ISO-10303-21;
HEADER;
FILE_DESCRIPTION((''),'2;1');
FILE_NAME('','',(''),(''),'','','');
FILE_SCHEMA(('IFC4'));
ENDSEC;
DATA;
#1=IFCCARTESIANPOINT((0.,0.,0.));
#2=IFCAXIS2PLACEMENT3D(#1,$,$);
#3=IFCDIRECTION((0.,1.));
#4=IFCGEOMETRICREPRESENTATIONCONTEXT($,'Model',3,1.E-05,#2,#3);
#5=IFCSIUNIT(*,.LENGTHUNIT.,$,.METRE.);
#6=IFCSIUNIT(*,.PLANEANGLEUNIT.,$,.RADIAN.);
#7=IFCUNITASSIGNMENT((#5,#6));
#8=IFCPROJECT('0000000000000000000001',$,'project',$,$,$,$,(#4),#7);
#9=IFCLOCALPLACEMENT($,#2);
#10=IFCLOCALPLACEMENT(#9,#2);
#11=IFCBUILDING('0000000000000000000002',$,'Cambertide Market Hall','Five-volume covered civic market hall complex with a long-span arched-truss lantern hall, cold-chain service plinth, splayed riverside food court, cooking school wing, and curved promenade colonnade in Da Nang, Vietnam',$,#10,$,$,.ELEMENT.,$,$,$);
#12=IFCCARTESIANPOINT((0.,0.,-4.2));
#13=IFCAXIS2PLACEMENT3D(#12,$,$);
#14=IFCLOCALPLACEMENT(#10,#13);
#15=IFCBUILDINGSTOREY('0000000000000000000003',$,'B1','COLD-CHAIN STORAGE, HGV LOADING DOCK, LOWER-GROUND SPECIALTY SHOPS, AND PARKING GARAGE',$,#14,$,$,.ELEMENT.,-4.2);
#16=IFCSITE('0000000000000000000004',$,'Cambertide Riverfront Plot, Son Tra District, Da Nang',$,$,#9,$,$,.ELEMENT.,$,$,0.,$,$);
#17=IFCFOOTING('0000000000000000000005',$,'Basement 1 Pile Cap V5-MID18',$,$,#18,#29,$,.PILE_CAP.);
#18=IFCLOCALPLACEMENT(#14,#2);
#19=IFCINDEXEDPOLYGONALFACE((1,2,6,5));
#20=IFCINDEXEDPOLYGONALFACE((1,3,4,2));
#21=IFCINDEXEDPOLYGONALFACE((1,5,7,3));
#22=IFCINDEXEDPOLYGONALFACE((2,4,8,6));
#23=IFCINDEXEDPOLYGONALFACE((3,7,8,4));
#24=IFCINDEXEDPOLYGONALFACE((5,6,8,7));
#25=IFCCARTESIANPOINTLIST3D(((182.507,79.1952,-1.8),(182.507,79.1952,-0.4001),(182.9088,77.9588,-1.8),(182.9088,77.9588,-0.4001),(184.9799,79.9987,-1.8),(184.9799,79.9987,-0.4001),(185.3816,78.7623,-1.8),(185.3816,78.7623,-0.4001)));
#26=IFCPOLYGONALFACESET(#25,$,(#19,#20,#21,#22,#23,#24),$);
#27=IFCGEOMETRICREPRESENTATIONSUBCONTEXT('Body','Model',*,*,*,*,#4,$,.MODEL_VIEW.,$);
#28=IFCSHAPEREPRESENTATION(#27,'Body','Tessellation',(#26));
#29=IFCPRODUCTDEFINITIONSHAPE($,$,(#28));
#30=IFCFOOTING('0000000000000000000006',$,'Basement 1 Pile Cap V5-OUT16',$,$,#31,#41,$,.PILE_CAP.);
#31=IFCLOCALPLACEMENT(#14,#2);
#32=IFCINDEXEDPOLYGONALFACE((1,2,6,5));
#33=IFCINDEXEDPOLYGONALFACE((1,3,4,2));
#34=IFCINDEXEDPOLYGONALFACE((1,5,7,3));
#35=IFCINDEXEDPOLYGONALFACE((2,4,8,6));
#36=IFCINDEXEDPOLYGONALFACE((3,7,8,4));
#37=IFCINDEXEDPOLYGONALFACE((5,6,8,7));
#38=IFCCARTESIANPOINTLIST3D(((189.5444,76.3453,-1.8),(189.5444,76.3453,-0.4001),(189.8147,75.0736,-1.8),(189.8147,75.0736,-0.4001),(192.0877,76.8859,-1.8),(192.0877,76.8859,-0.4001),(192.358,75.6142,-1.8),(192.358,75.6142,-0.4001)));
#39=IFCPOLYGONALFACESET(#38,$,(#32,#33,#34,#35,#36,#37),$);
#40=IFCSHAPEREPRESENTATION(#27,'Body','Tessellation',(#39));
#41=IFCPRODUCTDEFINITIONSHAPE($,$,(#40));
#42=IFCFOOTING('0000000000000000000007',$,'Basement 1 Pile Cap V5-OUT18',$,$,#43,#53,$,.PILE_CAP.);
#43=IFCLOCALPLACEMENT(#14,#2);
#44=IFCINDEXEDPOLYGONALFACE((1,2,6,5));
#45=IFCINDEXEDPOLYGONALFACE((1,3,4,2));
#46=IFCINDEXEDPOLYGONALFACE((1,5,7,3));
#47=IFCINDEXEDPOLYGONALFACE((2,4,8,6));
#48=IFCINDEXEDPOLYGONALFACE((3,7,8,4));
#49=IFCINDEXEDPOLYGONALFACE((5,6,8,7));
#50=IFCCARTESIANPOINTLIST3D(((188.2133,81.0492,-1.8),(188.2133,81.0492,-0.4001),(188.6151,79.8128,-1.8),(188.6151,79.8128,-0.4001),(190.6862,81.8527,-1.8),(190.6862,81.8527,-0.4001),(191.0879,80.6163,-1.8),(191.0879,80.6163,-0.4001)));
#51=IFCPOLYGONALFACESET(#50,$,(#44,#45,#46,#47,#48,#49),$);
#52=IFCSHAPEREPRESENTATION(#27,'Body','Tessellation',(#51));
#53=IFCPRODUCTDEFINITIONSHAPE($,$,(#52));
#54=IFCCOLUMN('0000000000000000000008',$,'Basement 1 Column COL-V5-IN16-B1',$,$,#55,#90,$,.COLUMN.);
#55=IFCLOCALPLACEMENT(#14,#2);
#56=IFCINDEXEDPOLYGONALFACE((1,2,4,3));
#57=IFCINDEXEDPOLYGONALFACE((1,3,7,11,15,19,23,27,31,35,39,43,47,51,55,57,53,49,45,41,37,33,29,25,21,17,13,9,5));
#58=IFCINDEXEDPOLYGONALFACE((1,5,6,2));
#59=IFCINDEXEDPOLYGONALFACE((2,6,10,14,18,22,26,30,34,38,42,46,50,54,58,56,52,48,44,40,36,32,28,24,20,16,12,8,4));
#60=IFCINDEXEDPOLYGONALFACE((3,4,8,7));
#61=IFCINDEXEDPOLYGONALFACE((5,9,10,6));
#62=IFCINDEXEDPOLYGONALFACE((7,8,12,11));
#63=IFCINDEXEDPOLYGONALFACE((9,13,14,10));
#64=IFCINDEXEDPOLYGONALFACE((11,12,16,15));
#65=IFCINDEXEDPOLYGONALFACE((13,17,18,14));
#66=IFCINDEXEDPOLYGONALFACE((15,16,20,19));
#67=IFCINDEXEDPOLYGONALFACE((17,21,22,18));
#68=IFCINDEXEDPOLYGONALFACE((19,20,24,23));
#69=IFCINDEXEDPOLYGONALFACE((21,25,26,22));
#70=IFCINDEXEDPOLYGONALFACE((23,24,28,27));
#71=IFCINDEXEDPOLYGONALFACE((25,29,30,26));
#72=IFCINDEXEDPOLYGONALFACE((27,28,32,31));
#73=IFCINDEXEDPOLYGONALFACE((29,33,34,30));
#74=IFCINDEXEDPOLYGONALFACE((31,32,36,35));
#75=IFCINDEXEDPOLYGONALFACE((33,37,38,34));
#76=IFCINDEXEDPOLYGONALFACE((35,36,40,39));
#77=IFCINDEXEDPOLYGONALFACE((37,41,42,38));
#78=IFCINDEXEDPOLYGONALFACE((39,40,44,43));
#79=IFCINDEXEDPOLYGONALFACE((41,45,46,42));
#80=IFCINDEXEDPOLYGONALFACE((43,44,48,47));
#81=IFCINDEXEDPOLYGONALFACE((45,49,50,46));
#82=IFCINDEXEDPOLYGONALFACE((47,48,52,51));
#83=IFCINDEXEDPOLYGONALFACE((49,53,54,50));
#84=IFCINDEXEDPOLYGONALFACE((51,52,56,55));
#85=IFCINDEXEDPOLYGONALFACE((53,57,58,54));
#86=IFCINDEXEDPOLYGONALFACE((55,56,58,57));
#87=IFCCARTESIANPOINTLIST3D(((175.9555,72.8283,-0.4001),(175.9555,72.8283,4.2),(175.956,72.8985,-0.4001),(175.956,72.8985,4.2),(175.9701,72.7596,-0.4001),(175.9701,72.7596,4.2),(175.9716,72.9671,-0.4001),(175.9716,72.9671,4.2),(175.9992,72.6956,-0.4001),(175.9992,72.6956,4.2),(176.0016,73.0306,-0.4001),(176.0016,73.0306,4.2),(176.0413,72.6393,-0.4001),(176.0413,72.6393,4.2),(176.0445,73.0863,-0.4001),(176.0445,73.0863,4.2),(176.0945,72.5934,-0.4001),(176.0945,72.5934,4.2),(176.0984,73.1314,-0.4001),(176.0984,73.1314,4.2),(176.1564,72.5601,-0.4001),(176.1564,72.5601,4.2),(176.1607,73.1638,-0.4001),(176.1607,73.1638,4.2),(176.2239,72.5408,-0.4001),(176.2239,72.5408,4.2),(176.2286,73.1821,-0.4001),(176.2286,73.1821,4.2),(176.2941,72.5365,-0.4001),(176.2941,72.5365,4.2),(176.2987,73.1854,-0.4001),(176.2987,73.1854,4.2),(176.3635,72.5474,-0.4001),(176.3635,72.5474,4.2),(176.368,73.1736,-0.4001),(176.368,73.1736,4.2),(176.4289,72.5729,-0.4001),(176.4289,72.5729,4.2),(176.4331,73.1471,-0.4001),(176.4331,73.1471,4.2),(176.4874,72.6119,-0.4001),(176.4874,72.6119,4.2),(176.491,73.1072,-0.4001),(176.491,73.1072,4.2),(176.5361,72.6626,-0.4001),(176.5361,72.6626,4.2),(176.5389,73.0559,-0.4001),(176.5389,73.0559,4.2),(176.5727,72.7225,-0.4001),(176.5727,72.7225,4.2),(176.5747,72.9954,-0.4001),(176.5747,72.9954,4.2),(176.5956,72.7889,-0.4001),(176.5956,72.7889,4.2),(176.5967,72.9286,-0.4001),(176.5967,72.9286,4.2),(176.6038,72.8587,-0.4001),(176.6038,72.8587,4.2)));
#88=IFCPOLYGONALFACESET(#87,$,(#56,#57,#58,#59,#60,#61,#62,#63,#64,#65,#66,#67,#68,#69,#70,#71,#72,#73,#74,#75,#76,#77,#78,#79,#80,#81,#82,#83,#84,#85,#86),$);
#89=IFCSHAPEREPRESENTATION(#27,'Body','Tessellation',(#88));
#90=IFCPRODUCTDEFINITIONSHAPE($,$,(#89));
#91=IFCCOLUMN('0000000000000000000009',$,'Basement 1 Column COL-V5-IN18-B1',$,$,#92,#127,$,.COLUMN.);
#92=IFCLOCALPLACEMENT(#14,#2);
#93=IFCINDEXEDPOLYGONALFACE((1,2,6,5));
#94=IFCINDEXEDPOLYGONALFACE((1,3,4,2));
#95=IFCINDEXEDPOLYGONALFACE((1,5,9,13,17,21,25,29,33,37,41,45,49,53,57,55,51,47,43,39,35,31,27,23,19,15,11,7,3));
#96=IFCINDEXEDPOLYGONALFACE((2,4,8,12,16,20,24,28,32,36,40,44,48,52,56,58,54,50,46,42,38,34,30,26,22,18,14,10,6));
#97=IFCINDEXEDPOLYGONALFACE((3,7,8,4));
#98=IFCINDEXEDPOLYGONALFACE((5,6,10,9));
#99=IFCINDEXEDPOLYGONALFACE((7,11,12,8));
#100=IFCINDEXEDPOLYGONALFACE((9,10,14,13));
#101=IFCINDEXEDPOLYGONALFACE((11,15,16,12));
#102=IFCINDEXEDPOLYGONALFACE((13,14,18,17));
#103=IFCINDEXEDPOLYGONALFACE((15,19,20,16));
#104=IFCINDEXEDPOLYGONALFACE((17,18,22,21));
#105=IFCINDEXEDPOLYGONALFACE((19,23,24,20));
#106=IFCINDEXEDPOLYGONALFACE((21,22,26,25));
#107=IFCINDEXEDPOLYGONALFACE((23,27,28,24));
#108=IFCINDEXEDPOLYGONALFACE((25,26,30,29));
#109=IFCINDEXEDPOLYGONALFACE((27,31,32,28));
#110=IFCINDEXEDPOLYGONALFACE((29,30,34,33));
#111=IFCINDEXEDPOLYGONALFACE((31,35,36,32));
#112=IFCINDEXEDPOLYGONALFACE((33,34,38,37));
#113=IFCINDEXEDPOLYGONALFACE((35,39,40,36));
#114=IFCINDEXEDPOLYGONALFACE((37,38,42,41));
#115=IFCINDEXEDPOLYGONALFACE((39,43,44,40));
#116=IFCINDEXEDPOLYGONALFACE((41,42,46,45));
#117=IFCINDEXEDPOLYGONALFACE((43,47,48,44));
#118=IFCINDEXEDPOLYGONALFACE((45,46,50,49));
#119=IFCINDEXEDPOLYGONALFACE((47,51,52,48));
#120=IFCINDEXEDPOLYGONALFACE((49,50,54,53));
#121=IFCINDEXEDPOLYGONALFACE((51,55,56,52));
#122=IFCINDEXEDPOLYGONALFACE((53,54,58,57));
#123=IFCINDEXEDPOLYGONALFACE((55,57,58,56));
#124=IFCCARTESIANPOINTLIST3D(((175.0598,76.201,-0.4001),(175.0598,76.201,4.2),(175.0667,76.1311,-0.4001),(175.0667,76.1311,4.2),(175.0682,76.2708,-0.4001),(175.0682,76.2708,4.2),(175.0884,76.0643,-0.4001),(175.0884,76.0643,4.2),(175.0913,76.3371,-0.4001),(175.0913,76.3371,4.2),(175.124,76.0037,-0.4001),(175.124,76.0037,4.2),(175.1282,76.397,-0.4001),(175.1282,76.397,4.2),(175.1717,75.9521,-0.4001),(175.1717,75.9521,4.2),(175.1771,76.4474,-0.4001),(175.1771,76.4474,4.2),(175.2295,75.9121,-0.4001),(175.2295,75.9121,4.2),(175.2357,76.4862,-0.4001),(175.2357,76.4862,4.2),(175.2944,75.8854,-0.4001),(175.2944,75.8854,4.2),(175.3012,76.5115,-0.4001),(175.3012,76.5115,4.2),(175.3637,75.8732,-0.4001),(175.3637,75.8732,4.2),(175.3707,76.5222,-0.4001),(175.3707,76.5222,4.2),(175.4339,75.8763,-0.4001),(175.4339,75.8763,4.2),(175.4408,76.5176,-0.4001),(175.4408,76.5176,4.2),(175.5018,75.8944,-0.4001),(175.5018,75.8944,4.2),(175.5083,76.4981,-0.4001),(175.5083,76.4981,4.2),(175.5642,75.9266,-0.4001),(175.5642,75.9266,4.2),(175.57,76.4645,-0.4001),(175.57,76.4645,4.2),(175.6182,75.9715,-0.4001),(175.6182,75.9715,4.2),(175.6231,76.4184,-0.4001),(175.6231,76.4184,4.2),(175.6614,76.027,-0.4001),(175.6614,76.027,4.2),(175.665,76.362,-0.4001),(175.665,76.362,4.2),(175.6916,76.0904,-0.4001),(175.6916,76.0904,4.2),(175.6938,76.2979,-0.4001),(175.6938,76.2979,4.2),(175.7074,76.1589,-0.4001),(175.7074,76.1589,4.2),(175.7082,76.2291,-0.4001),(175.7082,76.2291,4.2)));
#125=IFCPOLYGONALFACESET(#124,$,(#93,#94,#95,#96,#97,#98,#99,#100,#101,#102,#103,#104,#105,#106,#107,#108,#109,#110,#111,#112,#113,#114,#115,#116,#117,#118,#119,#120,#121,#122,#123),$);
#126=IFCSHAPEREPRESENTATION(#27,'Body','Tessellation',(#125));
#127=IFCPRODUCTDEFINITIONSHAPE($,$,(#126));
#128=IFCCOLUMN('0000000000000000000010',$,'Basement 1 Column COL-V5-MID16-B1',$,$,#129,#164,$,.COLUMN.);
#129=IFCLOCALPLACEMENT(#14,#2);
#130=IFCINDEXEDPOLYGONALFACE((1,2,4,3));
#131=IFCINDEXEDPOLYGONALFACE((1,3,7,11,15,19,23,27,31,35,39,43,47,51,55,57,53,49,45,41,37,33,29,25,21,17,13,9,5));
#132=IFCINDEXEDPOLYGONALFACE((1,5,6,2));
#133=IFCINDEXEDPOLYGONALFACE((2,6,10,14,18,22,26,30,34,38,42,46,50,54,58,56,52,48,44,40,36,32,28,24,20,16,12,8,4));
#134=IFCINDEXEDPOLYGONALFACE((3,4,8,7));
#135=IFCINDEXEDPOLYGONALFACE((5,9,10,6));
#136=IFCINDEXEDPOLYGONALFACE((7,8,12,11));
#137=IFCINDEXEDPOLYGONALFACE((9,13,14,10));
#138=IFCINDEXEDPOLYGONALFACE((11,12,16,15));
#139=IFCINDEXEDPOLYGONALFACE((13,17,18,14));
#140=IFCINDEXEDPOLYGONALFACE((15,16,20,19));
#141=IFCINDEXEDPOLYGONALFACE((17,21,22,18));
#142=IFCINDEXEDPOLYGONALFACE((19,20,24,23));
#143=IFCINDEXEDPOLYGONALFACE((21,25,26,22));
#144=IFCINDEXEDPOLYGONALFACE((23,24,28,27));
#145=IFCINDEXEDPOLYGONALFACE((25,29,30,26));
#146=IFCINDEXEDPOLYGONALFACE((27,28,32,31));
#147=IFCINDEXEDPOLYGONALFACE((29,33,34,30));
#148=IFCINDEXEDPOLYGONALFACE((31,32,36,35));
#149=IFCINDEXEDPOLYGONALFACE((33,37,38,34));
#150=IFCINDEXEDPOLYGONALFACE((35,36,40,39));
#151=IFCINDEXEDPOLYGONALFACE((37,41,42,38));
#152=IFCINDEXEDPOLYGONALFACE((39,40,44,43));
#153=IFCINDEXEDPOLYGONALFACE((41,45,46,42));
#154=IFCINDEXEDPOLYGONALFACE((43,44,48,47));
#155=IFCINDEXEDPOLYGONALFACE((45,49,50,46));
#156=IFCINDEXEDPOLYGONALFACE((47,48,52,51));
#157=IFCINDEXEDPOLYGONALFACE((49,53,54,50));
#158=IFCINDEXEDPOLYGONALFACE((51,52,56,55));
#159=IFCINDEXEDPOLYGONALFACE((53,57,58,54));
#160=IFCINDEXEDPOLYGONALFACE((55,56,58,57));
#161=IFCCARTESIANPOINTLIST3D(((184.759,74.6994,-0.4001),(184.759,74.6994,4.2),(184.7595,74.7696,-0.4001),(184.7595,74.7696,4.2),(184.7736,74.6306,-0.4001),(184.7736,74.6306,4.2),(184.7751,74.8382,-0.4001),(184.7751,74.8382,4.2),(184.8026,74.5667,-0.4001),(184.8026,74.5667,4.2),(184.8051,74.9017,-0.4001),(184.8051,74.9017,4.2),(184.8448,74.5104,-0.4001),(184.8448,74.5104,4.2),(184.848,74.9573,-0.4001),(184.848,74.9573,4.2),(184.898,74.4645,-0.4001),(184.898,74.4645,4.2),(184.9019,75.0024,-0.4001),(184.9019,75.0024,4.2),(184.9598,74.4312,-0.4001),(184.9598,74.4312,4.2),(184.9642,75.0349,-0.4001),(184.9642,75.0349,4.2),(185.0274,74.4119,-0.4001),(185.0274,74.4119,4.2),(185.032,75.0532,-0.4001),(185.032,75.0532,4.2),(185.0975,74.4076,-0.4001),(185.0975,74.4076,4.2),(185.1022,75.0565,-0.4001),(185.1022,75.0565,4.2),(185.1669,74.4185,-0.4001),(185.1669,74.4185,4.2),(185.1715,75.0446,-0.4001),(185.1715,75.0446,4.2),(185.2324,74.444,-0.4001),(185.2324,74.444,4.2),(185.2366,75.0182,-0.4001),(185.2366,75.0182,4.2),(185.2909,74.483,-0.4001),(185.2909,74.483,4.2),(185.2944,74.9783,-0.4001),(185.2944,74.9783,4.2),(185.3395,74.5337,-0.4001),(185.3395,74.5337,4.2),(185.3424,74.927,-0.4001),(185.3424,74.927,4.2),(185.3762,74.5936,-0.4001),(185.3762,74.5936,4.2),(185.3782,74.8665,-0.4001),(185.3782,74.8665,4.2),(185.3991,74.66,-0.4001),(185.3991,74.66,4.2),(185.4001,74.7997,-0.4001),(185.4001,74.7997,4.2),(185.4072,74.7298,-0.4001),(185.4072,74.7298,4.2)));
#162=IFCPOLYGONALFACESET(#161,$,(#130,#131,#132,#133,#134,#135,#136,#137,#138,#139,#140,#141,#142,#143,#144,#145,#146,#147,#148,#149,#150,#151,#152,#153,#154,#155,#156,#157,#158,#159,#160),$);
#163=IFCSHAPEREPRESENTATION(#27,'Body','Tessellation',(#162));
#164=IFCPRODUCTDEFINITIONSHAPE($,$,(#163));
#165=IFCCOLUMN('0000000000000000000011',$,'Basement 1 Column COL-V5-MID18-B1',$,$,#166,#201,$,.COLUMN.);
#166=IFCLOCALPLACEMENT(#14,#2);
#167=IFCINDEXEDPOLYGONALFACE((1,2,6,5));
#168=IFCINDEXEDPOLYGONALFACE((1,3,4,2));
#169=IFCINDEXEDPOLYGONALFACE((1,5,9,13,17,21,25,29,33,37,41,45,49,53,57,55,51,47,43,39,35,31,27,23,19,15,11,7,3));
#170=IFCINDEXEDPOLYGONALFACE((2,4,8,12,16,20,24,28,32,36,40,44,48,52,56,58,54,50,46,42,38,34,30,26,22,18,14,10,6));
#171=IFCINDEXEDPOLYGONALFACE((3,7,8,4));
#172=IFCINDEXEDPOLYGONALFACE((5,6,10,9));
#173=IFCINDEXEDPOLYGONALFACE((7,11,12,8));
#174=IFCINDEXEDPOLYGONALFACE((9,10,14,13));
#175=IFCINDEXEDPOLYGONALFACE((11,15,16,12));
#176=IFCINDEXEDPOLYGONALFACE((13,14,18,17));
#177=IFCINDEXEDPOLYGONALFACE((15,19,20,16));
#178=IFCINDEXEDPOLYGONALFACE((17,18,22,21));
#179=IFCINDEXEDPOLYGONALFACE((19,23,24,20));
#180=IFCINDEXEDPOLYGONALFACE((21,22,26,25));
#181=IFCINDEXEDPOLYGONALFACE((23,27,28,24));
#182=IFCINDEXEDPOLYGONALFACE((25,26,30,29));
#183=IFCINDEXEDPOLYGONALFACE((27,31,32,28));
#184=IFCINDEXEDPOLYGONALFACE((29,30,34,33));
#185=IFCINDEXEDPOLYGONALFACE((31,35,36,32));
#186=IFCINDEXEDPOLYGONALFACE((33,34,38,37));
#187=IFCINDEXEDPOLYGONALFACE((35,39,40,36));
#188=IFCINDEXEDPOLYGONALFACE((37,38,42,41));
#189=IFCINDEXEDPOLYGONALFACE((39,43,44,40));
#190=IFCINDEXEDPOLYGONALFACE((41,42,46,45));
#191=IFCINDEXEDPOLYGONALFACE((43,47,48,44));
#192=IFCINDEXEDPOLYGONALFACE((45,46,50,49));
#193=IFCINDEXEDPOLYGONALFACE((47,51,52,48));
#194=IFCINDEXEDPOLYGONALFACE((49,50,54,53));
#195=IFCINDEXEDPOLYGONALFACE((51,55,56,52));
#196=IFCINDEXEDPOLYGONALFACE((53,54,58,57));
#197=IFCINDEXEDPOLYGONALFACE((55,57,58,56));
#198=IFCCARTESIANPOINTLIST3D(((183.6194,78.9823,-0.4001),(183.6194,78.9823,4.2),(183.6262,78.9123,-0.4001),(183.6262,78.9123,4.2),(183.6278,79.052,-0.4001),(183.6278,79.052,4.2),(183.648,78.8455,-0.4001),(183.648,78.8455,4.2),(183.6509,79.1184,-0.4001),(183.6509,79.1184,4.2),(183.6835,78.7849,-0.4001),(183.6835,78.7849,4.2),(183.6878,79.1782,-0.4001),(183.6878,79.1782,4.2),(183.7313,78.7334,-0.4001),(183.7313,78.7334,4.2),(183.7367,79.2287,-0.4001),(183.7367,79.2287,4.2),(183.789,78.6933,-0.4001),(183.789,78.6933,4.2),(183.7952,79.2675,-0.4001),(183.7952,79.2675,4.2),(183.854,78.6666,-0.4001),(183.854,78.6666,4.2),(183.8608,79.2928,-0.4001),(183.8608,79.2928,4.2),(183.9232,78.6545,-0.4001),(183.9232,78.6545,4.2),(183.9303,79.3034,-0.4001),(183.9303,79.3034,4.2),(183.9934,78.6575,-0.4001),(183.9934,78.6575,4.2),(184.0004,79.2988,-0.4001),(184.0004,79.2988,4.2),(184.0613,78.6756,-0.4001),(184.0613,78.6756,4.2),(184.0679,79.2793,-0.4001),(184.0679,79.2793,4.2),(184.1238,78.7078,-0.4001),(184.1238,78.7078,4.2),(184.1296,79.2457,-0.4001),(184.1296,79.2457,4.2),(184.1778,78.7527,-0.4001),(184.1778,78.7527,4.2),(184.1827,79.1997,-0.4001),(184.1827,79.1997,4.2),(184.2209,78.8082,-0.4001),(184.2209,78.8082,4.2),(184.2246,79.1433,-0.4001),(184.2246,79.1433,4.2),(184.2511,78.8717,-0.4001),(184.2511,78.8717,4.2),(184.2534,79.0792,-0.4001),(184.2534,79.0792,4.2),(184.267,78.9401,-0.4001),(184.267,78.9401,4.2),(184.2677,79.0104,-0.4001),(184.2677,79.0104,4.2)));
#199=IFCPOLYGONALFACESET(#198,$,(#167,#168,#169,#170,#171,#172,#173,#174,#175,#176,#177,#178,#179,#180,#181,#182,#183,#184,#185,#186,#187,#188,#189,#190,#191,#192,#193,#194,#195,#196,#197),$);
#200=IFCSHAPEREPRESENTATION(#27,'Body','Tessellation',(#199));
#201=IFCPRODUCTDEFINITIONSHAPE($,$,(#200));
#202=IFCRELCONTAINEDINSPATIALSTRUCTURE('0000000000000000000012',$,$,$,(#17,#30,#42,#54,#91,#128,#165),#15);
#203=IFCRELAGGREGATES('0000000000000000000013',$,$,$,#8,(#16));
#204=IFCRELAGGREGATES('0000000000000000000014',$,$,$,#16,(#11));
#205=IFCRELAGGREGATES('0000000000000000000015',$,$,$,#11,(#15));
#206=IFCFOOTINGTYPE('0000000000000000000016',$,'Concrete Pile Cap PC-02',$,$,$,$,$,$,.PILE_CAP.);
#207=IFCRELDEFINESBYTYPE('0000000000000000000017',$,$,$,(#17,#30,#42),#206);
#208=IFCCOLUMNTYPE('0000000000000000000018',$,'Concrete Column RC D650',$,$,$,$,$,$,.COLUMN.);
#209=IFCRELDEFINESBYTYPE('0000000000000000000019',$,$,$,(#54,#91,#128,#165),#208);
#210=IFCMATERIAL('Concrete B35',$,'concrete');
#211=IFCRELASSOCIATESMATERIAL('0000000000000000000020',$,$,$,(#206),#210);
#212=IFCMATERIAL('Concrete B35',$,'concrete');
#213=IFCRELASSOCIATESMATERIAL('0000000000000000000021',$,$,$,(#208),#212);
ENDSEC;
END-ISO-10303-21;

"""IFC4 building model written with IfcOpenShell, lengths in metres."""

from ifc_helpers import new_model, si_unit, direction, frame, origin, origin_2d, place, context, subcontext, project, spatial, rectangle, circle, extrude, material, material_profile, profile_set, type_object, element, save


model = new_model("IFC4")

# Units and contexts
model_context = context("Model", 3, precision=1e-05, world=origin(), true_north=direction((0.0, 1.0)))
body_context = subcontext(model_context, "Body", "Model", "MODEL_VIEW")
ifc_project = project(units=[si_unit("LENGTHUNIT", "METRE"), si_unit("PLANEANGLEUNIT", "RADIAN")], contexts=[model_context])

# Site, building, storey
site_placement = place(None, origin())
site = spatial("IfcSite", under=ifc_project, at=site_placement, Name="Cambertide Riverfront Plot, Son Tra District, Da Nang", CompositionType="ELEMENT", RefElevation=0.0)
building_placement = place(site_placement, origin())
building = spatial("IfcBuilding", under=site, at=building_placement, Name="Cambertide Market Hall", Description="Five-volume covered civic market hall complex with a long-span arched-truss lantern hall, cold-chain service plinth, splayed riverside food court, cooking school wing, and curved promenade colonnade in Da Nang, Vietnam", CompositionType="ELEMENT")
storey_placement = place(building_placement, frame((0.0, 0.0, -4.2)))
storey = spatial("IfcBuildingStorey", under=building, at=storey_placement, Name="B1", Description="COLD-CHAIN STORAGE, HGV LOADING DOCK, LOWER-GROUND SPECIALTY SHOPS, AND PARKING GARAGE", CompositionType="ELEMENT", Elevation=-4.2)

# Footings
ifc_material_1 = material(Name="Concrete B35", Category="concrete")
footing_type = type_object("IfcFootingType", Name="Concrete Pile Cap PC-02", PredefinedType="PILE_CAP", material=ifc_material_1)
for number, where, z_axis, x_axis, name in (
    (1, (183.9443, 78.9788, -1.8), (0.0, 0.0, 1.0), (0.951057, 0.309017, 0.0), "Basement 1 Pile Cap V5-MID18"),
    (2, (190.9512, 75.9797, -1.8), (0.0, 0.0, 1.0), (0.978148, 0.207912, 0.0), "Basement 1 Pile Cap V5-OUT16"),
    (3, (189.6506, 80.8328, -1.8), (0.0, 0.0, 1.0), (0.951057, 0.309017, 0.0), "Basement 1 Pile Cap V5-OUT18"),
):
    element("IfcFooting", number, at=place(storey_placement, frame(where, z_axis=z_axis, x_axis=x_axis)), inside=storey, type_object=footing_type, Name=name, PredefinedType="PILE_CAP", context=body_context, shape_type="SweptSolid", body=[
        extrude(rectangle(XDim=2.6001, YDim=1.3, at=origin_2d()), origin(), (0.0, 0.0, 1.0), 1.3999),
    ])

# Columns
ifc_material_2 = material(Name="Concrete B35", Category="concrete")
ifc_material_profile_1 = material_profile(ifc_material_2, circle(Radius=0.325, at=origin_2d()), Name="RC D650")
ifc_profile_set_1 = profile_set([ifc_material_profile_1], Name="Concrete B35")
column_type_1 = type_object("IfcColumnType", Name="Concrete Column RC D650", PredefinedType="COLUMN", material=ifc_profile_set_1)
for number, where, z_axis, x_axis, name in (
    (4, (176.2788, 72.8611, -0.4001), (0.0, 0.0, 1.0), (0.978148, 0.207912, 0.0), "Basement 1 Column COL-V5-IN16-B1"),
    (5, (175.3848, 76.1975, -0.4001), (0.0, 0.0, 1.0), (0.951057, 0.309017, 0.0), "Basement 1 Column COL-V5-IN18-B1"),
    (6, (185.0823, 74.7322, -0.4001), (0.0, 0.0, 1.0), (0.978148, 0.207912, 0.0), "Basement 1 Column COL-V5-MID16-B1"),
    (7, (183.9443, 78.9788, -0.4001), (0.0, 0.0, 1.0), (0.951057, 0.309017, 0.0), "Basement 1 Column COL-V5-MID18-B1"),
):
    element("IfcColumn", number, at=place(storey_placement, frame(where, z_axis=z_axis, x_axis=x_axis)), inside=storey, type_object=column_type_1, Name=name, PredefinedType="COLUMN", context=body_context, shape_type="SweptSolid", body=[
        extrude(circle(Radius=0.325, at=origin_2d()), origin(), (0.0, 0.0, 1.0), 4.6001),
    ])

save(model, "model.ifc")
